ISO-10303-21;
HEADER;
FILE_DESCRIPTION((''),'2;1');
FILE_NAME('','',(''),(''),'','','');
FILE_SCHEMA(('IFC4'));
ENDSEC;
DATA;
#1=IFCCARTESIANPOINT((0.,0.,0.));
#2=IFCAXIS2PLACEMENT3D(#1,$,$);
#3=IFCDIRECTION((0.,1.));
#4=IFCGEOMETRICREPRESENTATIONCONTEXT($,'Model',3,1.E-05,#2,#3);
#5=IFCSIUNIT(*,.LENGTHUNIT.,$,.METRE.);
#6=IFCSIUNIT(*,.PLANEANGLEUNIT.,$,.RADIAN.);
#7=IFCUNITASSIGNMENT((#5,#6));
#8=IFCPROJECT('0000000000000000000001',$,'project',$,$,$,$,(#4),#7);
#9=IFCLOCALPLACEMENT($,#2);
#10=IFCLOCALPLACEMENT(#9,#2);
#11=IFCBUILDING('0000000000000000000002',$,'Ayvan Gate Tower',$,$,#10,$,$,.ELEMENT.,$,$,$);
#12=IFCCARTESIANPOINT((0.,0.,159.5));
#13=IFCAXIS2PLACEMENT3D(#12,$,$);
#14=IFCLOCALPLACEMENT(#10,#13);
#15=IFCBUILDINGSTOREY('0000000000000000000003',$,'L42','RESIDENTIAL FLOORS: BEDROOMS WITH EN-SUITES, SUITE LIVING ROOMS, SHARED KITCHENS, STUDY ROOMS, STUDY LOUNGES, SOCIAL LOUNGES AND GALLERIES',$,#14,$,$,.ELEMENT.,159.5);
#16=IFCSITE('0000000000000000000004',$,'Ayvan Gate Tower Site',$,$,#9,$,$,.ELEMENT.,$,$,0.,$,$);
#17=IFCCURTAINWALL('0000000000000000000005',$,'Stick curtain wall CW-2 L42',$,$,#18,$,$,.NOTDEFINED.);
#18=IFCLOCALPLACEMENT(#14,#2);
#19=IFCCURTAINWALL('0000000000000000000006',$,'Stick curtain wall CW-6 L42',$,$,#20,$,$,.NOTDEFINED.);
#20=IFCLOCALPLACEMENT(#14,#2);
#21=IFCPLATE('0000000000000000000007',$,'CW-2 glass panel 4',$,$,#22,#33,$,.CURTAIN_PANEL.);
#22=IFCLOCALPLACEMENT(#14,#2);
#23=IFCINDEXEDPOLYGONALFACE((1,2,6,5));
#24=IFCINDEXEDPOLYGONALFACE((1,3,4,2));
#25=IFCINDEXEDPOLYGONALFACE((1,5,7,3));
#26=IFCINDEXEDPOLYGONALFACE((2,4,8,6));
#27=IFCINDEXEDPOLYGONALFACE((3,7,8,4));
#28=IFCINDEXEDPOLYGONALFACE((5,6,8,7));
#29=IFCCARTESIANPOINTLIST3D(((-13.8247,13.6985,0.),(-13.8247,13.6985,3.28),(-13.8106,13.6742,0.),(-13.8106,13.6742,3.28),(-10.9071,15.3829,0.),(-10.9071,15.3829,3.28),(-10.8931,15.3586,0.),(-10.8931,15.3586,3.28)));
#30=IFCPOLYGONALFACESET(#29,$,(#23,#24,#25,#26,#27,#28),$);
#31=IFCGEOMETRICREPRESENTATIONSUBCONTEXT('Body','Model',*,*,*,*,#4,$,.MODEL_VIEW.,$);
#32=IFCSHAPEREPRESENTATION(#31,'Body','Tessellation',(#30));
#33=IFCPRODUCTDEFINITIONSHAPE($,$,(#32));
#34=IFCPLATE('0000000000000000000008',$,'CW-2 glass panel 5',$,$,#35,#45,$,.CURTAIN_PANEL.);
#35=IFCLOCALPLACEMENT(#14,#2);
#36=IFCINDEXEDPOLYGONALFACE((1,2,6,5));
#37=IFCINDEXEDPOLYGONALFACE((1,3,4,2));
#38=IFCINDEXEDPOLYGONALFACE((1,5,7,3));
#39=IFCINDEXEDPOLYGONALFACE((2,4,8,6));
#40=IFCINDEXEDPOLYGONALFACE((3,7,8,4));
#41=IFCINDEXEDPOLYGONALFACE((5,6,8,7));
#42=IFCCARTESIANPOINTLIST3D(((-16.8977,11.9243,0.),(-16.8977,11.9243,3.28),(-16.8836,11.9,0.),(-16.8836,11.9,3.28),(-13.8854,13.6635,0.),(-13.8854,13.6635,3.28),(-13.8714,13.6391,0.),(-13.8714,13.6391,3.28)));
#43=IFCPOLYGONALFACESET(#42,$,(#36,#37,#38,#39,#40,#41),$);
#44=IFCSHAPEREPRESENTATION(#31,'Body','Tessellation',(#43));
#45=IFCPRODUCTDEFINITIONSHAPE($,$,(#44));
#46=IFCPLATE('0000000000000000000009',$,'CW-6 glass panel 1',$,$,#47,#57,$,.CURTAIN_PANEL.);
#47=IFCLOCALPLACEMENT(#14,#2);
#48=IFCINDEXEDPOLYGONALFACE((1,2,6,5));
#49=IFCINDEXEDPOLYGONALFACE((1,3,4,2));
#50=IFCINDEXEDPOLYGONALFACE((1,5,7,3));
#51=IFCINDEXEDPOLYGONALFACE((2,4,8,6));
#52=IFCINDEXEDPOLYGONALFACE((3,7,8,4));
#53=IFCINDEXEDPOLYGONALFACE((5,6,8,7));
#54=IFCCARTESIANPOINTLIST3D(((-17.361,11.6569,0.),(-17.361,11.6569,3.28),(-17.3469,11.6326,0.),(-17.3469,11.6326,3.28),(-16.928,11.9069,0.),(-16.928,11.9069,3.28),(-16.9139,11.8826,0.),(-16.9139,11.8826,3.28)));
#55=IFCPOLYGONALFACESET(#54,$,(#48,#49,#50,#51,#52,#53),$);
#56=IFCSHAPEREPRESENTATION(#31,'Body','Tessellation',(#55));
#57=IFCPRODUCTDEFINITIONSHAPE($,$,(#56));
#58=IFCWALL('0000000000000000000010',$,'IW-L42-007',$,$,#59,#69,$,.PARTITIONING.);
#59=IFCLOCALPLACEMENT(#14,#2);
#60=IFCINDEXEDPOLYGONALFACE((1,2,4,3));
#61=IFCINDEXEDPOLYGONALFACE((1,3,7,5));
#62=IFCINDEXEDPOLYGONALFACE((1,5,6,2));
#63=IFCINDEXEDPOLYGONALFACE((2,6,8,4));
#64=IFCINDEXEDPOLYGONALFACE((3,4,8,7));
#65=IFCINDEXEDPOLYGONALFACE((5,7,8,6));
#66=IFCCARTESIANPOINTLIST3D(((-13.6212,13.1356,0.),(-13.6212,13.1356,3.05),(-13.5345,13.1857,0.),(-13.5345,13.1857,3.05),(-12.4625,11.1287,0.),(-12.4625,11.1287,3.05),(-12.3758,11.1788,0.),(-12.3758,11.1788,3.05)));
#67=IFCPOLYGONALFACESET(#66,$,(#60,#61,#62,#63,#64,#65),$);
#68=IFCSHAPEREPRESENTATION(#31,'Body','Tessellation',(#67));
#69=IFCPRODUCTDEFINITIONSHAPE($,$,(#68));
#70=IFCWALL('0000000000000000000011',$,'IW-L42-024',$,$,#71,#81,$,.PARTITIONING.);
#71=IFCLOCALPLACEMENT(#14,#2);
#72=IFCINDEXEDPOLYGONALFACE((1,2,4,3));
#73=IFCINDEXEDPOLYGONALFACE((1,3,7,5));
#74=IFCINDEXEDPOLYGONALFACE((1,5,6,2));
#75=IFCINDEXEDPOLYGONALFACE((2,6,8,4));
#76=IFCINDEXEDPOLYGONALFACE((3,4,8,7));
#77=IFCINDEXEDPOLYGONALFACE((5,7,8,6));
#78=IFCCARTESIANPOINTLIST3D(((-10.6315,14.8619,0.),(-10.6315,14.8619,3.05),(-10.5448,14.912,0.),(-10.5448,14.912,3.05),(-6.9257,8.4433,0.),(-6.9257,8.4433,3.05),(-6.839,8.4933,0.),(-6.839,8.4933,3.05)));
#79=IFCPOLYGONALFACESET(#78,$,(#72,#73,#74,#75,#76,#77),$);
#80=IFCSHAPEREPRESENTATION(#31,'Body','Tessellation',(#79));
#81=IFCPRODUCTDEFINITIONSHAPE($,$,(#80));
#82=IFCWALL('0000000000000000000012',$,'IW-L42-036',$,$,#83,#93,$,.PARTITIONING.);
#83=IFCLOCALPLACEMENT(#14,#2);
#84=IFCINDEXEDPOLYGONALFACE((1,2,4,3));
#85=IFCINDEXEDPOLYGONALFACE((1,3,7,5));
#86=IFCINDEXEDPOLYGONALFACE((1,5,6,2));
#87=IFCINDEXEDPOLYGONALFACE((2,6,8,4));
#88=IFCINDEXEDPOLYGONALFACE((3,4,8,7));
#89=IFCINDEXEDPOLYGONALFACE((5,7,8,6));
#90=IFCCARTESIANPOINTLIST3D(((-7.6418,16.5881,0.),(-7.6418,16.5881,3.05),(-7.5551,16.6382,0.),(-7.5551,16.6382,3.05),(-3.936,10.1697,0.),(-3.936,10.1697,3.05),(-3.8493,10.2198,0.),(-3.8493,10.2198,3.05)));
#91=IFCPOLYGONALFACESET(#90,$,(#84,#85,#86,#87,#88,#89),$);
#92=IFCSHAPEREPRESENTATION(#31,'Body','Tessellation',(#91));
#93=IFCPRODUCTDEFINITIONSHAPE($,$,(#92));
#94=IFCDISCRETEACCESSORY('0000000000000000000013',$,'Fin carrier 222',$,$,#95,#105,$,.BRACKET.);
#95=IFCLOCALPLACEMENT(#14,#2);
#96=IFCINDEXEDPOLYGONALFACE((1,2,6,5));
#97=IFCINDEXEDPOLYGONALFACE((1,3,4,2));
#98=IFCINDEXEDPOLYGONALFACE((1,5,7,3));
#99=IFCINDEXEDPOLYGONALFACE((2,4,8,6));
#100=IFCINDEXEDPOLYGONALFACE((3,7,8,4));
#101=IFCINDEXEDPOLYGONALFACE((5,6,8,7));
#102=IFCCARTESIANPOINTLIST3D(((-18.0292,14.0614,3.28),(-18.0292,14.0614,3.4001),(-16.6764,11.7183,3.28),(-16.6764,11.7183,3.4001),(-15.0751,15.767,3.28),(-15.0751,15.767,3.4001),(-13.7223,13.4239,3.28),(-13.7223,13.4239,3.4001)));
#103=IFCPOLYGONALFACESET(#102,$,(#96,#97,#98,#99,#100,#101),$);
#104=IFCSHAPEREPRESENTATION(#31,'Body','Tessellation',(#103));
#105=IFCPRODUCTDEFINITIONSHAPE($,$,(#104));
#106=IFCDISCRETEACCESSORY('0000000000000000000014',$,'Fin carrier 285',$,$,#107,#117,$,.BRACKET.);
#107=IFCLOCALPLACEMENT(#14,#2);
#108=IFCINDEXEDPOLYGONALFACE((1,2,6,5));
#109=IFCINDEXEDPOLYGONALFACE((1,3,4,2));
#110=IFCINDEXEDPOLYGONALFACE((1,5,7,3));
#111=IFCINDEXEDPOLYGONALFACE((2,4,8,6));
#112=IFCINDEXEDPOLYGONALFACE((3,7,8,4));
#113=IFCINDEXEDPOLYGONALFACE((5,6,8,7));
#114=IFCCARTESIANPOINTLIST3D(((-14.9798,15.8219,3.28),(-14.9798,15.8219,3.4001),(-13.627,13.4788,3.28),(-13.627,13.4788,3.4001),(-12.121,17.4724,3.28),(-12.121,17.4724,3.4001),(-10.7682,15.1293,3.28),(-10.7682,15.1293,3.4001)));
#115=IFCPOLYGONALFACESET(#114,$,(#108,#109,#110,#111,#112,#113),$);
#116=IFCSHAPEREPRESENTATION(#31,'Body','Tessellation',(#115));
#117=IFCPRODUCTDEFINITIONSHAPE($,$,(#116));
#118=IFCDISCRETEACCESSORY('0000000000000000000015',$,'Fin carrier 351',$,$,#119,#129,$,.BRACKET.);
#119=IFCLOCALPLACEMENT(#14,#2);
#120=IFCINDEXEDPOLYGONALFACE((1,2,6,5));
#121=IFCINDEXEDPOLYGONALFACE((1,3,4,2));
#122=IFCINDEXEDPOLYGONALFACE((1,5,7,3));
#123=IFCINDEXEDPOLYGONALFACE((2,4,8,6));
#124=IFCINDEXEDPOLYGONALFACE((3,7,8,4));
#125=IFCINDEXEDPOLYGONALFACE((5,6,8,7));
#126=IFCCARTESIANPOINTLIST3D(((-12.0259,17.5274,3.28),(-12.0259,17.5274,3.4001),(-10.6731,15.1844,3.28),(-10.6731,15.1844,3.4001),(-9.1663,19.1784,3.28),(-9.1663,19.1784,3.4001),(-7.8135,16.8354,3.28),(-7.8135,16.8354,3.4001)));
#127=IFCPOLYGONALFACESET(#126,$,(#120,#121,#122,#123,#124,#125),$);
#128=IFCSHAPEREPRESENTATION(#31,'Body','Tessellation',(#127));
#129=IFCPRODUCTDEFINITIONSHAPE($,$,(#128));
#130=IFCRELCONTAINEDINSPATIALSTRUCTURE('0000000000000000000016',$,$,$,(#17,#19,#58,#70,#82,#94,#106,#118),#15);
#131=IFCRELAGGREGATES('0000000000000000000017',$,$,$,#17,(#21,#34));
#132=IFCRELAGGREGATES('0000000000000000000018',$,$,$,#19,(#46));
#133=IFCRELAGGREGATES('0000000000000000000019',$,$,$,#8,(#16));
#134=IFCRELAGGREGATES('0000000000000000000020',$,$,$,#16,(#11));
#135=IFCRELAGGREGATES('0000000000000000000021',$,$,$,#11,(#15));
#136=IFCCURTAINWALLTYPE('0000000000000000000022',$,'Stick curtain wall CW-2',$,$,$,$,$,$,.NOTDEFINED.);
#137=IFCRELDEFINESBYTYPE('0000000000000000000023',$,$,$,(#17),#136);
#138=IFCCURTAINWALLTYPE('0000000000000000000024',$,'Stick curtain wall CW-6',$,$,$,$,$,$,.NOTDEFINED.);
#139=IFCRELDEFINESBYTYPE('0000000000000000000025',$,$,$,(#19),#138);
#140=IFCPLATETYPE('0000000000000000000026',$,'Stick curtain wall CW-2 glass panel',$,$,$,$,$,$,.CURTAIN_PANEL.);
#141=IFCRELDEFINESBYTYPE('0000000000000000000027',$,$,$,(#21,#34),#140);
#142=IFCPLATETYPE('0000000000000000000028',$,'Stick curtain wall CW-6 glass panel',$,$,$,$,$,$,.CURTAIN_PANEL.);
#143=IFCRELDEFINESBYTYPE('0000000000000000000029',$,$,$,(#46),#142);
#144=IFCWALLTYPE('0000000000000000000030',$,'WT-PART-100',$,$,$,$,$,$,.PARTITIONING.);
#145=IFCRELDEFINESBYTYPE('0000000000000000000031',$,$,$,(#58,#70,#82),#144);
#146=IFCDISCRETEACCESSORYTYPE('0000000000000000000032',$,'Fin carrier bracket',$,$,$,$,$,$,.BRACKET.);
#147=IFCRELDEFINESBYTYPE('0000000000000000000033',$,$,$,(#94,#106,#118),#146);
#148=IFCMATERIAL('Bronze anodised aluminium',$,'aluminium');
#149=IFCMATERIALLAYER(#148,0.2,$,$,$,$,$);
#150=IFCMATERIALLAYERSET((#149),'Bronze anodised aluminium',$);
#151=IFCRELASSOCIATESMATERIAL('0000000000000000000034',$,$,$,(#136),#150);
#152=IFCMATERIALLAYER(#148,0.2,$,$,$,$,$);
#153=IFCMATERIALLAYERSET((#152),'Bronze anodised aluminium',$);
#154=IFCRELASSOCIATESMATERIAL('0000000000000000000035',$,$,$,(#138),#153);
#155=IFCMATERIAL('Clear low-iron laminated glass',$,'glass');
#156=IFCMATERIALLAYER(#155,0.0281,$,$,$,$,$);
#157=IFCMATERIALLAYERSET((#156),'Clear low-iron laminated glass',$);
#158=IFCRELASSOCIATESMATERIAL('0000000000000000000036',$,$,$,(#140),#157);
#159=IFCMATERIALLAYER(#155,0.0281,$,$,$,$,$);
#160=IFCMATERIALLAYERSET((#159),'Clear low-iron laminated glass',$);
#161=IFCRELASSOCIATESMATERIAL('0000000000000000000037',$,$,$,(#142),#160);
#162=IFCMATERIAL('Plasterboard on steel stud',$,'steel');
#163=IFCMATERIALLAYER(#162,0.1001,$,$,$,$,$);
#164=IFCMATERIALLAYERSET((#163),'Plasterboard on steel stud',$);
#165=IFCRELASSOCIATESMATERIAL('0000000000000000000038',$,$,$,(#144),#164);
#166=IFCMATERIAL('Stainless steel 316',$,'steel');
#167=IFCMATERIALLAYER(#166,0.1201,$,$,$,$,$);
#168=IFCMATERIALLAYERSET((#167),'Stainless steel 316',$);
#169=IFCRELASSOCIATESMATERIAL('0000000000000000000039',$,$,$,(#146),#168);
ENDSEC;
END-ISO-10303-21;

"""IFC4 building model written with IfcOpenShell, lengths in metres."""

from ifc_helpers import new_model, si_unit, direction, frame, frame_2d, origin, origin_2d, place, context, subcontext, project, spatial, rectangle, extrude, material, layer, layer_set, type_object, element, aggregate, save


model = new_model("IFC4")

# Units and contexts
model_context = context("Model", 3, precision=1e-05, world=origin(), true_north=direction((0.0, 1.0)))
body_context = subcontext(model_context, "Body", "Model", "MODEL_VIEW")
ifc_project = project(units=[si_unit("LENGTHUNIT", "METRE"), si_unit("PLANEANGLEUNIT", "RADIAN")], contexts=[model_context])

# Site, building, storey
site_placement = place(None, origin())
site = spatial("IfcSite", under=ifc_project, at=site_placement, Name="Ayvan Gate Tower Site", CompositionType="ELEMENT", RefElevation=0.0)
building_placement = place(site_placement, origin())
building = spatial("IfcBuilding", under=site, at=building_placement, Name="Ayvan Gate Tower", CompositionType="ELEMENT")
storey_placement = place(building_placement, frame((0.0, 0.0, 159.5)))
storey = spatial("IfcBuildingStorey", under=building, at=storey_placement, Name="L42", Description="RESIDENTIAL FLOORS: BEDROOMS WITH EN-SUITES, SUITE LIVING ROOMS, SHARED KITCHENS, STUDY ROOMS, STUDY LOUNGES, SOCIAL LOUNGES AND GALLERIES", CompositionType="ELEMENT", Elevation=159.5)

# Curtain walls
ifc_material_1 = material(Name="Bronze anodised aluminium", Category="aluminium")
ifc_layer_1 = layer(ifc_material_1, 0.2)
ifc_layer_set_1 = layer_set([ifc_layer_1], Name="Bronze anodised aluminium")
curtain_wall_type_1 = type_object("IfcCurtainWallType", Name="Stick curtain wall CW-2", PredefinedType="NOTDEFINED", material=ifc_layer_set_1)
curtain_wall_1_placement = place(storey_placement, origin())
curtain_wall_1 = element("IfcCurtainWall", 1, at=curtain_wall_1_placement, inside=storey, type_object=curtain_wall_type_1, Name="Stick curtain wall CW-2 L42", PredefinedType="NOTDEFINED")
ifc_layer_2 = layer(ifc_material_1, 0.2)
ifc_layer_set_2 = layer_set([ifc_layer_2], Name="Bronze anodised aluminium")
curtain_wall_type_2 = type_object("IfcCurtainWallType", Name="Stick curtain wall CW-6", PredefinedType="NOTDEFINED", material=ifc_layer_set_2)
curtain_wall_2_placement = place(storey_placement, origin())
curtain_wall_2 = element("IfcCurtainWall", 2, at=curtain_wall_2_placement, inside=storey, type_object=curtain_wall_type_2, Name="Stick curtain wall CW-6 L42", PredefinedType="NOTDEFINED")

# Plates
ifc_material_2 = material(Name="Clear low-iron laminated glass", Category="glass")
ifc_layer_3 = layer(ifc_material_2, 0.0281)
ifc_layer_set_3 = layer_set([ifc_layer_3], Name="Clear low-iron laminated glass")
plate_type_1 = type_object("IfcPlateType", Name="Stick curtain wall CW-2 glass panel", PredefinedType="CURTAIN_PANEL", material=ifc_layer_set_3)
plate_1_placement = place(storey_placement, frame((-12.3589, 14.5286, 0.0), z_axis=(0.0, 0.0, 1.0), x_axis=(-0.866025, -0.5, 0.0)))
plate_1 = element("IfcPlate", 3, at=plate_1_placement, type_object=plate_type_1, Name="CW-2 glass panel 4", PredefinedType="CURTAIN_PANEL", context=body_context, shape_type="SweptSolid", body=[
    extrude(rectangle(XDim=3.3689, YDim=0.0281, at=origin_2d()), origin(), (0.0, 0.0, 1.0), 3.28),
])
plate_2_placement = place(storey_placement, frame((-15.3845, 12.7817, 0.0), z_axis=(0.0, 0.0, 1.0), x_axis=(-0.866025, -0.5, 0.0)))
plate_2 = element("IfcPlate", 4, at=plate_2_placement, type_object=plate_type_1, Name="CW-2 glass panel 5", PredefinedType="CURTAIN_PANEL", context=body_context, shape_type="SweptSolid", body=[
    extrude(rectangle(XDim=3.4783, YDim=0.0281, at=origin_2d()), origin(), (0.0, 0.0, 1.0), 3.28),
])
aggregate(curtain_wall_1, [plate_1, plate_2])
ifc_layer_4 = layer(ifc_material_2, 0.0281)
ifc_layer_set_4 = layer_set([ifc_layer_4], Name="Clear low-iron laminated glass")
plate_type_2 = type_object("IfcPlateType", Name="Stick curtain wall CW-6 glass panel", PredefinedType="CURTAIN_PANEL", material=ifc_layer_set_4)
plate_3_placement = place(storey_placement, frame((-17.1375, 11.7698, 0.0), z_axis=(0.0, 0.0, 1.0), x_axis=(-0.866025, -0.5, 0.0)))
plate_3 = element("IfcPlate", 5, at=plate_3_placement, type_object=plate_type_2, Name="CW-6 glass panel 1", PredefinedType="CURTAIN_PANEL", context=body_context, shape_type="SweptSolid", body=[
    extrude(rectangle(XDim=0.5, YDim=0.0281, at=origin_2d()), origin(), (0.0, 0.0, 1.0), 3.28),
])
aggregate(curtain_wall_2, [plate_3])

# Walls
ifc_material_3 = material(Name="Plasterboard on steel stud", Category="steel")
ifc_layer_5 = layer(ifc_material_3, 0.1001)
ifc_layer_set_5 = layer_set([ifc_layer_5], Name="Plasterboard on steel stud")
wall_type = type_object("IfcWallType", Name="WT-PART-100", PredefinedType="PARTITIONING", material=ifc_layer_set_5)
wall_1_placement = place(storey_placement, frame((-13.5779, 13.1606, 0.0), z_axis=(0.0, 0.0, 1.0), x_axis=(0.500014, -0.866017, 0.0)))
element("IfcWall", 6, at=wall_1_placement, inside=storey, type_object=wall_type, Name="IW-L42-007", PredefinedType="PARTITIONING", context=body_context, shape_type="SweptSolid", body=[
    extrude(rectangle(XDim=2.3174, YDim=0.1001, at=frame_2d((1.1587, 0.0))), origin(), (0.0, 0.0, 1.0), 3.05),
])
wall_2_placement = place(storey_placement, frame((-10.5881, 14.887, 0.0), z_axis=(0.0, 0.0, 1.0), x_axis=(0.499997, -0.866027, 0.0)))
element("IfcWall", 7, at=wall_2_placement, inside=storey, type_object=wall_type, Name="IW-L42-024", PredefinedType="PARTITIONING", context=body_context, shape_type="SweptSolid", body=[
    extrude(rectangle(XDim=7.4116, YDim=0.1001, at=frame_2d((3.7058, 0.0))), origin(), (0.0, 0.0, 1.0), 3.05),
])
wall_3_placement = place(storey_placement, frame((-7.5984, 16.613, 0.0), z_axis=(0.0, 0.0, 1.0), x_axis=(0.500011, -0.866019, 0.0)))
element("IfcWall", 8, at=wall_3_placement, inside=storey, type_object=wall_type, Name="IW-L42-036", PredefinedType="PARTITIONING", context=body_context, shape_type="SweptSolid", body=[
    extrude(rectangle(XDim=7.4114, YDim=0.1001, at=frame_2d((3.7056, 0.0))), origin(), (0.0, 0.0, 1.0), 3.05),
])

# Discrete accessories
ifc_material_4 = material(Name="Stainless steel 316", Category="steel")
ifc_layer_6 = layer(ifc_material_4, 0.1201)
ifc_layer_set_6 = layer_set([ifc_layer_6], Name="Stainless steel 316")
discrete_accessory_type = type_object("IfcDiscreteAccessoryType", Name="Fin carrier bracket", PredefinedType="BRACKET", material=ifc_layer_set_6)
discrete_accessory_1_placement = place(storey_placement, frame((-15.8757, 13.7427, 3.28), z_axis=(0.0, 0.0, 1.0), x_axis=(-0.866025, -0.5, 0.0)))
element("IfcDiscreteAccessory", 9, at=discrete_accessory_1_placement, inside=storey, type_object=discrete_accessory_type, Name="Fin carrier 222", PredefinedType="BRACKET", context=body_context, shape_type="SweptSolid", body=[
    extrude(rectangle(XDim=3.4111, YDim=2.7056, at=origin_2d()), origin(), (0.0, 0.0, 1.0), 0.1201),
])
discrete_accessory_2_placement = place(storey_placement, frame((-12.874, 15.4756, 3.28), z_axis=(0.0, 0.0, 1.0), x_axis=(-0.866025, -0.5, 0.0)))
element("IfcDiscreteAccessory", 10, at=discrete_accessory_2_placement, inside=storey, type_object=discrete_accessory_type, Name="Fin carrier 285", PredefinedType="BRACKET", context=body_context, shape_type="SweptSolid", body=[
    extrude(rectangle(XDim=3.301, YDim=2.7056, at=origin_2d()), origin(), (0.0, 0.0, 1.0), 0.1201),
])
discrete_accessory_3_placement = place(storey_placement, frame((-9.9197, 17.1814, 3.28), z_axis=(0.0, 0.0, 1.0), x_axis=(-0.866025, -0.5, 0.0)))
element("IfcDiscreteAccessory", 11, at=discrete_accessory_3_placement, inside=storey, type_object=discrete_accessory_type, Name="Fin carrier 351", PredefinedType="BRACKET", context=body_context, shape_type="SweptSolid", body=[
    extrude(rectangle(XDim=3.302, YDim=2.7056, at=origin_2d()), origin(), (0.0, 0.0, 1.0), 0.1201),
])

save(model, "model.ifc")
